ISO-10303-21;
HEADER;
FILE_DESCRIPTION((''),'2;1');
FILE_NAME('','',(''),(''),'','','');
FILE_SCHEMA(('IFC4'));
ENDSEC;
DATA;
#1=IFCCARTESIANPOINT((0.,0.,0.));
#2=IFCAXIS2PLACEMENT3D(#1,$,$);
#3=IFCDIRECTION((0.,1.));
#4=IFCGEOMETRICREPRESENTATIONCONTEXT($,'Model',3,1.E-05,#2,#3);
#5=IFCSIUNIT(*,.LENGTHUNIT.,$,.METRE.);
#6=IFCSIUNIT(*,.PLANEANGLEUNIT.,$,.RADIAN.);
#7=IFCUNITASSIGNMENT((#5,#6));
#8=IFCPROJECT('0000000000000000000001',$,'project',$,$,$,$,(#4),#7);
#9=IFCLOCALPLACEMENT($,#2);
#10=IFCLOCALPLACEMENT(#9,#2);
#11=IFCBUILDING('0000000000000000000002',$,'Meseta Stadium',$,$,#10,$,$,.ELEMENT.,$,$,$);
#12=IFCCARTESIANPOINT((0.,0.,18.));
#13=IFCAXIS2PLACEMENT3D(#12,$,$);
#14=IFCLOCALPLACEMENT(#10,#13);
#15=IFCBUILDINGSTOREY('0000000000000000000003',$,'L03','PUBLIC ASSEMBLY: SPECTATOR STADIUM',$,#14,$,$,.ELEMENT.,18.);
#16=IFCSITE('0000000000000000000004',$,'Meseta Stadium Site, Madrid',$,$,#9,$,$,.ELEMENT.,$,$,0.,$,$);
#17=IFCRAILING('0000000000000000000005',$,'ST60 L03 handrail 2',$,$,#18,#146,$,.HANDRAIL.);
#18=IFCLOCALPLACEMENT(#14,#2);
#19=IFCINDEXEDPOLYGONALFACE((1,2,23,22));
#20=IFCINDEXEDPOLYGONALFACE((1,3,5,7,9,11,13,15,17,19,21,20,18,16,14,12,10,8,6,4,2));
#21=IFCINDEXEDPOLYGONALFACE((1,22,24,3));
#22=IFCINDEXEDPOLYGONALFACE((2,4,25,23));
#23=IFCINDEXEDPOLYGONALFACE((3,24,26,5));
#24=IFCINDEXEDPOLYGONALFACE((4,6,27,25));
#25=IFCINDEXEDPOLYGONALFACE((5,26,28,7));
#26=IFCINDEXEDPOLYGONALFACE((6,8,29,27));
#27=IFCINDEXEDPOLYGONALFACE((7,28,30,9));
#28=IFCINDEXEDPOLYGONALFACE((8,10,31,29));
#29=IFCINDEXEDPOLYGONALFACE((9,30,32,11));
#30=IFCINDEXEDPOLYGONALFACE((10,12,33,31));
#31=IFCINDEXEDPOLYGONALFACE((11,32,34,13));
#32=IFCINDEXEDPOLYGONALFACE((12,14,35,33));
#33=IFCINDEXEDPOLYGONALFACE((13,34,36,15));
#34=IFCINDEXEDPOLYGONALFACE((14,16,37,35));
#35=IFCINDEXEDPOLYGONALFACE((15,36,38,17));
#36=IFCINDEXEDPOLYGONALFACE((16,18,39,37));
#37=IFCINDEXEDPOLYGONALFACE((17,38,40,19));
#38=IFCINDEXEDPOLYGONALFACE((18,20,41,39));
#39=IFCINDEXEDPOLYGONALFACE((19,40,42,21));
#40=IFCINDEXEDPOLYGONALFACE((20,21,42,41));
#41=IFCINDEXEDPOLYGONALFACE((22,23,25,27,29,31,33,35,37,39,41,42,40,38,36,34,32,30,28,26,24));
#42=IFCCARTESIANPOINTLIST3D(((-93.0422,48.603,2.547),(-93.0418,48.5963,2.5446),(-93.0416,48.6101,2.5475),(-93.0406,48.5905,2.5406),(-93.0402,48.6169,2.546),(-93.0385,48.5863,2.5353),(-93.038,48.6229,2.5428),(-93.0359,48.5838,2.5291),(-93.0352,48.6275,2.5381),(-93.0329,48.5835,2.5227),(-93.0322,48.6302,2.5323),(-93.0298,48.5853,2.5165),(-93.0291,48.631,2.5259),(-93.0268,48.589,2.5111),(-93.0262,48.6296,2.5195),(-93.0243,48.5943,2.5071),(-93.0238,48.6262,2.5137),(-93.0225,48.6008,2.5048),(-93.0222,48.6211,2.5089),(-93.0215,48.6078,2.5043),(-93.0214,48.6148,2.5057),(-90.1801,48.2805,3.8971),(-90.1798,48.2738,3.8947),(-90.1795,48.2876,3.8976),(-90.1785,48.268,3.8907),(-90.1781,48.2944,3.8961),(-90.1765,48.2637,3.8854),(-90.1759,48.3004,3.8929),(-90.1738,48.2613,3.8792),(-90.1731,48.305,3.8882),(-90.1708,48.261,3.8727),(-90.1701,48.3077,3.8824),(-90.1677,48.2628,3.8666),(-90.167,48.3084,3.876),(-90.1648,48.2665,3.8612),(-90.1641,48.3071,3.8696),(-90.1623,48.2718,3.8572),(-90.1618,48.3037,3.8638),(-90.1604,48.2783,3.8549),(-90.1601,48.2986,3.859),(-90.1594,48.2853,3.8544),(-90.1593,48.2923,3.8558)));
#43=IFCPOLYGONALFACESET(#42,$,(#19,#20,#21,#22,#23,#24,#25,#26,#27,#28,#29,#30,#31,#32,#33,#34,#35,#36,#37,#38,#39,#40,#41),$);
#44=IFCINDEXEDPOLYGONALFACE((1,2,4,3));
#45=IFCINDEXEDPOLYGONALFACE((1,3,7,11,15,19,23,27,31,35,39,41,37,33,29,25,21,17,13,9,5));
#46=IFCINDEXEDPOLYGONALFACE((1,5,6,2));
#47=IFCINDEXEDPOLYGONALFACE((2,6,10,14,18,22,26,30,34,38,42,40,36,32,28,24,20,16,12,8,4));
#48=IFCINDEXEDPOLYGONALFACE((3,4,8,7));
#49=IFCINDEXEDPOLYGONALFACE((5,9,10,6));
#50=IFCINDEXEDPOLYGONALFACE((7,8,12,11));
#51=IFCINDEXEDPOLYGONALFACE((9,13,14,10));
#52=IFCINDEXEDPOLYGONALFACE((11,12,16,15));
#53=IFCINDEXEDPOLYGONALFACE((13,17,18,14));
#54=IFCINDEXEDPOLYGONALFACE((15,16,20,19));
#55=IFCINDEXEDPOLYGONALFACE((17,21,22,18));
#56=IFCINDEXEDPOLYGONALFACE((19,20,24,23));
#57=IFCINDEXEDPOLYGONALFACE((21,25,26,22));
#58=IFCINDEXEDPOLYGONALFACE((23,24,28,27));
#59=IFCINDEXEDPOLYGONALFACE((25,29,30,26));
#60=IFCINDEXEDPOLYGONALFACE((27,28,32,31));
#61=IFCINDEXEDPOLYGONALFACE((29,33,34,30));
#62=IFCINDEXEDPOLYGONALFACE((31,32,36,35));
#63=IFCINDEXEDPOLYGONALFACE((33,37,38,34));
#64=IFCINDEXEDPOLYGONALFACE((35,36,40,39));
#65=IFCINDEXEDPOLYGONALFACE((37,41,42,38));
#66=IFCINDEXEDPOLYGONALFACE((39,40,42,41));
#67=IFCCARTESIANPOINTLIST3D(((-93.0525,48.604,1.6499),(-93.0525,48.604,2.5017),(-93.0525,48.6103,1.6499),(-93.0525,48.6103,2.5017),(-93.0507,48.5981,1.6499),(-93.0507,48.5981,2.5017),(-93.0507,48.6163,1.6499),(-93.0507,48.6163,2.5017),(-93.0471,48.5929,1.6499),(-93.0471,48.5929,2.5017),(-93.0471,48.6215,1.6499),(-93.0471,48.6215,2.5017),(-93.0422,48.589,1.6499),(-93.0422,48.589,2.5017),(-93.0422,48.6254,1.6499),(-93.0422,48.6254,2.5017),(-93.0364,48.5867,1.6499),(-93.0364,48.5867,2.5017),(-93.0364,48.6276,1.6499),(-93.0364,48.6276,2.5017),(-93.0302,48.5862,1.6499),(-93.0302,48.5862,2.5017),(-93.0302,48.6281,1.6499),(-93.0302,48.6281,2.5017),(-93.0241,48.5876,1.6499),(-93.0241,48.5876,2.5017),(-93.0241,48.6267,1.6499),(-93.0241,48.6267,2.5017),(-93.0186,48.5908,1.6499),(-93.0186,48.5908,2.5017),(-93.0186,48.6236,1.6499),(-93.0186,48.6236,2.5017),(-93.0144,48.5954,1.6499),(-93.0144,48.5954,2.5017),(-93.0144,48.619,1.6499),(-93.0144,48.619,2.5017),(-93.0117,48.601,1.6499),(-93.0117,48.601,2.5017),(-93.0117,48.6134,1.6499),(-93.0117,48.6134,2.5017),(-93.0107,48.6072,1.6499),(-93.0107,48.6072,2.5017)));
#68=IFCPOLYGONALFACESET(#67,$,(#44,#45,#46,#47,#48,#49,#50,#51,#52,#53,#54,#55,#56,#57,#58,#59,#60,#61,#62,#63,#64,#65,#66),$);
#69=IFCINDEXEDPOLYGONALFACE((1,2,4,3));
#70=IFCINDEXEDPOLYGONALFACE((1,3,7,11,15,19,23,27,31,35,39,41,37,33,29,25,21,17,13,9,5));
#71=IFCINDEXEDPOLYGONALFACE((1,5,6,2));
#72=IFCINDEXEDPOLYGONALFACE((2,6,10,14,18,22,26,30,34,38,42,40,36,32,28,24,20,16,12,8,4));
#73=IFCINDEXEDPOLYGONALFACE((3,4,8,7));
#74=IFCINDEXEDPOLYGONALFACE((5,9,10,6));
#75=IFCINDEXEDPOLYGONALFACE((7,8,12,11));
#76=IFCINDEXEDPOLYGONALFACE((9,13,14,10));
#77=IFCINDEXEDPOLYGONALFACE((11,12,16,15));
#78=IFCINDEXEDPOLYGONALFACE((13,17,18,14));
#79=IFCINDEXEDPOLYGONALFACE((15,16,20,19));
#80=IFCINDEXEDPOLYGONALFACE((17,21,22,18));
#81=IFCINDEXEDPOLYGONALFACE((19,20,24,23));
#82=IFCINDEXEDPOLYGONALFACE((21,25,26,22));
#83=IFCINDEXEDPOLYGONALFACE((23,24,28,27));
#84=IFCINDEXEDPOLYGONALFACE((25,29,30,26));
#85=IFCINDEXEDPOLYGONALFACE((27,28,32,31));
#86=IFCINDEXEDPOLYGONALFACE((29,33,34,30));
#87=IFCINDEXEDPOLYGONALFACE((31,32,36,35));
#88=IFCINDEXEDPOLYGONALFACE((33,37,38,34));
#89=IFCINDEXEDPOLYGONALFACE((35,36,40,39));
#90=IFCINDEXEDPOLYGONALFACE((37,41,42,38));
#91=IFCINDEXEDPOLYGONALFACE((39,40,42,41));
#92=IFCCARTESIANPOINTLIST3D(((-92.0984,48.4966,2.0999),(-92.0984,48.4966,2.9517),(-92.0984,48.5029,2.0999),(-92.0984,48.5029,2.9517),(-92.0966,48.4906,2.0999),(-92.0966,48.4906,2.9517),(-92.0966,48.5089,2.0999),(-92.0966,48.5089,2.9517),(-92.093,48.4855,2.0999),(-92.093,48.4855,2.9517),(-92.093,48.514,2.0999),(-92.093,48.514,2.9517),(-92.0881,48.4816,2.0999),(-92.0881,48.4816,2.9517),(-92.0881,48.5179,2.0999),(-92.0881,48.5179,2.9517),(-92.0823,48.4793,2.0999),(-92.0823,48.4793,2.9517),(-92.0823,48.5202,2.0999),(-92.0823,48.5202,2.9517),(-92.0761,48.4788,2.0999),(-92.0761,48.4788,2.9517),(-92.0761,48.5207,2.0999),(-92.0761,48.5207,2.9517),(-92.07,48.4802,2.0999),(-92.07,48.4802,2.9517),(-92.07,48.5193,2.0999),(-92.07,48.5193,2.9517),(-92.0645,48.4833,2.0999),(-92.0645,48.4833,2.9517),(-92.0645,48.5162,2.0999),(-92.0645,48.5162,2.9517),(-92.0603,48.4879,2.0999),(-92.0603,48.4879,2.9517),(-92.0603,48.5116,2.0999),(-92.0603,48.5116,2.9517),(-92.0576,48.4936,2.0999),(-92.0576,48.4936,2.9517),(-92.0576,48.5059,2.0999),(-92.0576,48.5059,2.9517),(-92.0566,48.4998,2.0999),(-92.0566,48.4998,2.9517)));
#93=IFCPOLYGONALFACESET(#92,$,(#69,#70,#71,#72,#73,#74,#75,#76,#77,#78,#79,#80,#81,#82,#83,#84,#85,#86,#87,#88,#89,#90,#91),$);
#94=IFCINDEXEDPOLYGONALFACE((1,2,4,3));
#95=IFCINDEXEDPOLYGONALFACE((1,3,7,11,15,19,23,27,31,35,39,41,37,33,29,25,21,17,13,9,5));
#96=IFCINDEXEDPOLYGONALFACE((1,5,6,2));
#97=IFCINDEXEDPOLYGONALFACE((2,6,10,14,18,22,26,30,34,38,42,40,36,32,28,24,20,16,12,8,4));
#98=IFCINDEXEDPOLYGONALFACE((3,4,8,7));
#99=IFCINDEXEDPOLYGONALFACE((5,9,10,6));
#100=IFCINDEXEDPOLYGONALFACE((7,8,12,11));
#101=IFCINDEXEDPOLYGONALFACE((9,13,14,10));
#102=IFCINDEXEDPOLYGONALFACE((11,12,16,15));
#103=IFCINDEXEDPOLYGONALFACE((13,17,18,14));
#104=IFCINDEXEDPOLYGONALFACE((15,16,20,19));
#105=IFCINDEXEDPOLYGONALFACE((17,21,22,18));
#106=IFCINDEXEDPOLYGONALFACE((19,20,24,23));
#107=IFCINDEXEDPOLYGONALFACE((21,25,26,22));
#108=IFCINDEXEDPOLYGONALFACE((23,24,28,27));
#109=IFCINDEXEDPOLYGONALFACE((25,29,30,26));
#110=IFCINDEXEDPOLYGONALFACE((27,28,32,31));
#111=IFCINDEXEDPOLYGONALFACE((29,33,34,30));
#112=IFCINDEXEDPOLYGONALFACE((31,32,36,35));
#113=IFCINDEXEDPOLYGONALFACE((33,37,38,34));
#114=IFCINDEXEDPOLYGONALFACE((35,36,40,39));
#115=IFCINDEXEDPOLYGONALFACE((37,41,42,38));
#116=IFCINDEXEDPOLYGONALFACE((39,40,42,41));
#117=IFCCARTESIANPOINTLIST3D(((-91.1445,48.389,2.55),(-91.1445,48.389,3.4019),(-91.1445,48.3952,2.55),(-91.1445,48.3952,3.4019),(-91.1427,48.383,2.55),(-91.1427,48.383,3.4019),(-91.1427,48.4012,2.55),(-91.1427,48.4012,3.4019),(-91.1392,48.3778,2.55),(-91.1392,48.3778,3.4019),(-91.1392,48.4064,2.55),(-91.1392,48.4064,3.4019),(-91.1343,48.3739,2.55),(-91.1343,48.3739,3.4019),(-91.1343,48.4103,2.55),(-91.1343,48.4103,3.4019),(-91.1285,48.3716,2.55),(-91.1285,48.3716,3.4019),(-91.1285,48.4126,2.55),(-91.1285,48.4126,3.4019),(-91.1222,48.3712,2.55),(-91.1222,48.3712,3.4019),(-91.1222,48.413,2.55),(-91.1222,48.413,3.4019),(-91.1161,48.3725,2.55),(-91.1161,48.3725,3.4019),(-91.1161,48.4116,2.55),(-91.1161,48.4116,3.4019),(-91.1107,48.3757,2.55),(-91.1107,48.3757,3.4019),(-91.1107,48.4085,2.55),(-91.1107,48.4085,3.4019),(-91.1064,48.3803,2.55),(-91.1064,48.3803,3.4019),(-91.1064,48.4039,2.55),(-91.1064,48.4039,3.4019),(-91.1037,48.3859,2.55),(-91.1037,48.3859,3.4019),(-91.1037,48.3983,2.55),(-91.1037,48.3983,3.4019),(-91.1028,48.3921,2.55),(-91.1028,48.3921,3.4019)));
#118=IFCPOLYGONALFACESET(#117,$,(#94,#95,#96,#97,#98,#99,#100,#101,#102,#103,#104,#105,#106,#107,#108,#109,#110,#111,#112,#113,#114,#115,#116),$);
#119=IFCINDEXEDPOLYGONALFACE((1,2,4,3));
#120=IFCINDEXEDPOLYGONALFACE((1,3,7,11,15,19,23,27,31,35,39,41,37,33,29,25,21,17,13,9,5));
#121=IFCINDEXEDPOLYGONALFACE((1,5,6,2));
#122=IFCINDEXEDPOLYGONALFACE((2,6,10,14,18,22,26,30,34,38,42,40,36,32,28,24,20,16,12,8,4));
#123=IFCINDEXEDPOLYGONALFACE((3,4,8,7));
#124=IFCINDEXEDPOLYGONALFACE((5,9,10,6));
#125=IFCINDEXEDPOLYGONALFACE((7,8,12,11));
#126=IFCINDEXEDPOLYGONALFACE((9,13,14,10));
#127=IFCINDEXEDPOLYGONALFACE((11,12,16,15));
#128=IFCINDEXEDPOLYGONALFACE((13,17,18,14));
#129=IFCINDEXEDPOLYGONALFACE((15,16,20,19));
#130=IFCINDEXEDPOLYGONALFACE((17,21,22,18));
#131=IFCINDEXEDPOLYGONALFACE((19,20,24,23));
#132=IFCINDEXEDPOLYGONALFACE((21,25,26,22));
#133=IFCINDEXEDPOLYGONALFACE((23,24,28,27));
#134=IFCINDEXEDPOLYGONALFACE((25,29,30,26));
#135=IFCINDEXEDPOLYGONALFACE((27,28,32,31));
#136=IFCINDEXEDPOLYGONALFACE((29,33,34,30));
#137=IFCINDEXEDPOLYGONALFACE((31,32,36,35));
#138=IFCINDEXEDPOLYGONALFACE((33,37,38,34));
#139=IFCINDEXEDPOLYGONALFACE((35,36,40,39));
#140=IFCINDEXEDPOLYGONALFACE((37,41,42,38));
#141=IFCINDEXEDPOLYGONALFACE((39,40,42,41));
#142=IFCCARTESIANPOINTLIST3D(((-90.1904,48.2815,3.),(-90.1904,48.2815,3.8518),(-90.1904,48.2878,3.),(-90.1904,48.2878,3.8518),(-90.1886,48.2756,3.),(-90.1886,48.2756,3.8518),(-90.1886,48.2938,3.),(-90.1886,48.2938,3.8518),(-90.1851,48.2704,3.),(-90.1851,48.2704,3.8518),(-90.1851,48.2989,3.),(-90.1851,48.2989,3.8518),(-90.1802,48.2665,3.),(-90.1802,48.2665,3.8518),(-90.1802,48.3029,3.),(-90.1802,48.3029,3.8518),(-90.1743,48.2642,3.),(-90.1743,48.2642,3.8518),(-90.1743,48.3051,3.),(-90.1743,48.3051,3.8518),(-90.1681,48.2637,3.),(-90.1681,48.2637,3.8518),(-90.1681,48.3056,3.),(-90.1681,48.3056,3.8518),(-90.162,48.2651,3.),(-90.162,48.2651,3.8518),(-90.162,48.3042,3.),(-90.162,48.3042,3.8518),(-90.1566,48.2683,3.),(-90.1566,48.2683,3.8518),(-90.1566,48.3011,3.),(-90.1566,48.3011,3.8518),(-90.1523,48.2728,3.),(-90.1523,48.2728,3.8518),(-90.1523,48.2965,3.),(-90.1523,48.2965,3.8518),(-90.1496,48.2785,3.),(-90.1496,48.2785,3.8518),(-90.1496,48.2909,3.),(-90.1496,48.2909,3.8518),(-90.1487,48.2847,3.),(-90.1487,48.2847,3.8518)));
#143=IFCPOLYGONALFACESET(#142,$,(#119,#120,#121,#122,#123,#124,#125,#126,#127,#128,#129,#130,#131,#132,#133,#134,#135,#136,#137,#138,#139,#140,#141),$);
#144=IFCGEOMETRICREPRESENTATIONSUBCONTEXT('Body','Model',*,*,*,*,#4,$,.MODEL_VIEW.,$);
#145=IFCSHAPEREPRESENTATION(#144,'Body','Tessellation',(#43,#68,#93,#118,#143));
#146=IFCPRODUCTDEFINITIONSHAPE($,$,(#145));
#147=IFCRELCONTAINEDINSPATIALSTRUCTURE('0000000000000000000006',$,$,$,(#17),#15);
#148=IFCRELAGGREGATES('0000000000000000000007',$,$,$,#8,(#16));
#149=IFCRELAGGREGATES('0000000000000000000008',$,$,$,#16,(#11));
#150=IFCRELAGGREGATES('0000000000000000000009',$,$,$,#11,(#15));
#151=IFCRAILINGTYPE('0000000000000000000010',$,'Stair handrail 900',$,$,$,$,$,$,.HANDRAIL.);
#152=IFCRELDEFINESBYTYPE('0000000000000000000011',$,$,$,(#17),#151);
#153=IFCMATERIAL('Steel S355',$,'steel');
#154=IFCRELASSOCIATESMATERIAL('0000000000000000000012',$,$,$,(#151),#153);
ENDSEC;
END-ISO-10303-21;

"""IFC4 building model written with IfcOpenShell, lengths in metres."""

from ifc_helpers import new_model, si_unit, direction, frame, origin, origin_2d, place, context, subcontext, project, spatial, circle, extrude, material, type_object, element, save


model = new_model("IFC4")

# Units and contexts
model_context = context("Model", 3, precision=1e-05, world=origin(), true_north=direction((0.0, 1.0)))
body_context = subcontext(model_context, "Body", "Model", "MODEL_VIEW")
ifc_project = project(units=[si_unit("LENGTHUNIT", "METRE"), si_unit("PLANEANGLEUNIT", "RADIAN")], contexts=[model_context])

# Site, building, storey
site_placement = place(None, origin())
site = spatial("IfcSite", under=ifc_project, at=site_placement, Name="Meseta Stadium Site, Madrid", CompositionType="ELEMENT", RefElevation=0.0)
building_placement = place(site_placement, origin())
building = spatial("IfcBuilding", under=site, at=building_placement, Name="Meseta Stadium", CompositionType="ELEMENT")
storey_placement = place(building_placement, frame((0.0, 0.0, 18.0)))
storey = spatial("IfcBuildingStorey", under=building, at=storey_placement, Name="L03", Description="PUBLIC ASSEMBLY: SPECTATOR STADIUM", CompositionType="ELEMENT", Elevation=18.0)

# Railing
ifc_material_1 = material(Name="Steel S355", Category="steel")
railing_type_1 = type_object("IfcRailingType", Name="Stair handrail 900", PredefinedType="HANDRAIL", material=ifc_material_1)
for number, where, name in (
    (1, (-93.0317, 48.6072, 1.6499), "ST60 L03 handrail 2"),
):
    element("IfcRailing", number, at=place(storey_placement, frame(where)), inside=storey, type_object=railing_type_1, Name=name, PredefinedType="HANDRAIL", context=body_context, shape_type="SweptSolid", body=[
        extrude(circle(Radius=0.0239, at=origin_2d()), frame((0.0, 0.0, 0.876), z_axis=(0.899763, -0.101389, 0.424438), x_axis=(0.111976, 0.993711, 0.0)), (0.0, 0.0, 1.0), 3.1809),
        extrude(circle(Radius=0.021, at=origin_2d()), origin(), (0.0, 0.0, 1.0), 0.8518),
        extrude(circle(Radius=0.021, at=origin_2d()), frame((0.9541, -0.1074, 0.45)), (0.0, 0.0, 1.0), 0.8518),
        extrude(circle(Radius=0.021, at=origin_2d()), frame((1.908, -0.2151, 0.9001)), (0.0, 0.0, 1.0), 0.8518),
        extrude(circle(Radius=0.021, at=origin_2d()), frame((2.8621, -0.3225, 1.3501)), (0.0, 0.0, 1.0), 0.8518),
    ])

save(model, "model.ifc")
